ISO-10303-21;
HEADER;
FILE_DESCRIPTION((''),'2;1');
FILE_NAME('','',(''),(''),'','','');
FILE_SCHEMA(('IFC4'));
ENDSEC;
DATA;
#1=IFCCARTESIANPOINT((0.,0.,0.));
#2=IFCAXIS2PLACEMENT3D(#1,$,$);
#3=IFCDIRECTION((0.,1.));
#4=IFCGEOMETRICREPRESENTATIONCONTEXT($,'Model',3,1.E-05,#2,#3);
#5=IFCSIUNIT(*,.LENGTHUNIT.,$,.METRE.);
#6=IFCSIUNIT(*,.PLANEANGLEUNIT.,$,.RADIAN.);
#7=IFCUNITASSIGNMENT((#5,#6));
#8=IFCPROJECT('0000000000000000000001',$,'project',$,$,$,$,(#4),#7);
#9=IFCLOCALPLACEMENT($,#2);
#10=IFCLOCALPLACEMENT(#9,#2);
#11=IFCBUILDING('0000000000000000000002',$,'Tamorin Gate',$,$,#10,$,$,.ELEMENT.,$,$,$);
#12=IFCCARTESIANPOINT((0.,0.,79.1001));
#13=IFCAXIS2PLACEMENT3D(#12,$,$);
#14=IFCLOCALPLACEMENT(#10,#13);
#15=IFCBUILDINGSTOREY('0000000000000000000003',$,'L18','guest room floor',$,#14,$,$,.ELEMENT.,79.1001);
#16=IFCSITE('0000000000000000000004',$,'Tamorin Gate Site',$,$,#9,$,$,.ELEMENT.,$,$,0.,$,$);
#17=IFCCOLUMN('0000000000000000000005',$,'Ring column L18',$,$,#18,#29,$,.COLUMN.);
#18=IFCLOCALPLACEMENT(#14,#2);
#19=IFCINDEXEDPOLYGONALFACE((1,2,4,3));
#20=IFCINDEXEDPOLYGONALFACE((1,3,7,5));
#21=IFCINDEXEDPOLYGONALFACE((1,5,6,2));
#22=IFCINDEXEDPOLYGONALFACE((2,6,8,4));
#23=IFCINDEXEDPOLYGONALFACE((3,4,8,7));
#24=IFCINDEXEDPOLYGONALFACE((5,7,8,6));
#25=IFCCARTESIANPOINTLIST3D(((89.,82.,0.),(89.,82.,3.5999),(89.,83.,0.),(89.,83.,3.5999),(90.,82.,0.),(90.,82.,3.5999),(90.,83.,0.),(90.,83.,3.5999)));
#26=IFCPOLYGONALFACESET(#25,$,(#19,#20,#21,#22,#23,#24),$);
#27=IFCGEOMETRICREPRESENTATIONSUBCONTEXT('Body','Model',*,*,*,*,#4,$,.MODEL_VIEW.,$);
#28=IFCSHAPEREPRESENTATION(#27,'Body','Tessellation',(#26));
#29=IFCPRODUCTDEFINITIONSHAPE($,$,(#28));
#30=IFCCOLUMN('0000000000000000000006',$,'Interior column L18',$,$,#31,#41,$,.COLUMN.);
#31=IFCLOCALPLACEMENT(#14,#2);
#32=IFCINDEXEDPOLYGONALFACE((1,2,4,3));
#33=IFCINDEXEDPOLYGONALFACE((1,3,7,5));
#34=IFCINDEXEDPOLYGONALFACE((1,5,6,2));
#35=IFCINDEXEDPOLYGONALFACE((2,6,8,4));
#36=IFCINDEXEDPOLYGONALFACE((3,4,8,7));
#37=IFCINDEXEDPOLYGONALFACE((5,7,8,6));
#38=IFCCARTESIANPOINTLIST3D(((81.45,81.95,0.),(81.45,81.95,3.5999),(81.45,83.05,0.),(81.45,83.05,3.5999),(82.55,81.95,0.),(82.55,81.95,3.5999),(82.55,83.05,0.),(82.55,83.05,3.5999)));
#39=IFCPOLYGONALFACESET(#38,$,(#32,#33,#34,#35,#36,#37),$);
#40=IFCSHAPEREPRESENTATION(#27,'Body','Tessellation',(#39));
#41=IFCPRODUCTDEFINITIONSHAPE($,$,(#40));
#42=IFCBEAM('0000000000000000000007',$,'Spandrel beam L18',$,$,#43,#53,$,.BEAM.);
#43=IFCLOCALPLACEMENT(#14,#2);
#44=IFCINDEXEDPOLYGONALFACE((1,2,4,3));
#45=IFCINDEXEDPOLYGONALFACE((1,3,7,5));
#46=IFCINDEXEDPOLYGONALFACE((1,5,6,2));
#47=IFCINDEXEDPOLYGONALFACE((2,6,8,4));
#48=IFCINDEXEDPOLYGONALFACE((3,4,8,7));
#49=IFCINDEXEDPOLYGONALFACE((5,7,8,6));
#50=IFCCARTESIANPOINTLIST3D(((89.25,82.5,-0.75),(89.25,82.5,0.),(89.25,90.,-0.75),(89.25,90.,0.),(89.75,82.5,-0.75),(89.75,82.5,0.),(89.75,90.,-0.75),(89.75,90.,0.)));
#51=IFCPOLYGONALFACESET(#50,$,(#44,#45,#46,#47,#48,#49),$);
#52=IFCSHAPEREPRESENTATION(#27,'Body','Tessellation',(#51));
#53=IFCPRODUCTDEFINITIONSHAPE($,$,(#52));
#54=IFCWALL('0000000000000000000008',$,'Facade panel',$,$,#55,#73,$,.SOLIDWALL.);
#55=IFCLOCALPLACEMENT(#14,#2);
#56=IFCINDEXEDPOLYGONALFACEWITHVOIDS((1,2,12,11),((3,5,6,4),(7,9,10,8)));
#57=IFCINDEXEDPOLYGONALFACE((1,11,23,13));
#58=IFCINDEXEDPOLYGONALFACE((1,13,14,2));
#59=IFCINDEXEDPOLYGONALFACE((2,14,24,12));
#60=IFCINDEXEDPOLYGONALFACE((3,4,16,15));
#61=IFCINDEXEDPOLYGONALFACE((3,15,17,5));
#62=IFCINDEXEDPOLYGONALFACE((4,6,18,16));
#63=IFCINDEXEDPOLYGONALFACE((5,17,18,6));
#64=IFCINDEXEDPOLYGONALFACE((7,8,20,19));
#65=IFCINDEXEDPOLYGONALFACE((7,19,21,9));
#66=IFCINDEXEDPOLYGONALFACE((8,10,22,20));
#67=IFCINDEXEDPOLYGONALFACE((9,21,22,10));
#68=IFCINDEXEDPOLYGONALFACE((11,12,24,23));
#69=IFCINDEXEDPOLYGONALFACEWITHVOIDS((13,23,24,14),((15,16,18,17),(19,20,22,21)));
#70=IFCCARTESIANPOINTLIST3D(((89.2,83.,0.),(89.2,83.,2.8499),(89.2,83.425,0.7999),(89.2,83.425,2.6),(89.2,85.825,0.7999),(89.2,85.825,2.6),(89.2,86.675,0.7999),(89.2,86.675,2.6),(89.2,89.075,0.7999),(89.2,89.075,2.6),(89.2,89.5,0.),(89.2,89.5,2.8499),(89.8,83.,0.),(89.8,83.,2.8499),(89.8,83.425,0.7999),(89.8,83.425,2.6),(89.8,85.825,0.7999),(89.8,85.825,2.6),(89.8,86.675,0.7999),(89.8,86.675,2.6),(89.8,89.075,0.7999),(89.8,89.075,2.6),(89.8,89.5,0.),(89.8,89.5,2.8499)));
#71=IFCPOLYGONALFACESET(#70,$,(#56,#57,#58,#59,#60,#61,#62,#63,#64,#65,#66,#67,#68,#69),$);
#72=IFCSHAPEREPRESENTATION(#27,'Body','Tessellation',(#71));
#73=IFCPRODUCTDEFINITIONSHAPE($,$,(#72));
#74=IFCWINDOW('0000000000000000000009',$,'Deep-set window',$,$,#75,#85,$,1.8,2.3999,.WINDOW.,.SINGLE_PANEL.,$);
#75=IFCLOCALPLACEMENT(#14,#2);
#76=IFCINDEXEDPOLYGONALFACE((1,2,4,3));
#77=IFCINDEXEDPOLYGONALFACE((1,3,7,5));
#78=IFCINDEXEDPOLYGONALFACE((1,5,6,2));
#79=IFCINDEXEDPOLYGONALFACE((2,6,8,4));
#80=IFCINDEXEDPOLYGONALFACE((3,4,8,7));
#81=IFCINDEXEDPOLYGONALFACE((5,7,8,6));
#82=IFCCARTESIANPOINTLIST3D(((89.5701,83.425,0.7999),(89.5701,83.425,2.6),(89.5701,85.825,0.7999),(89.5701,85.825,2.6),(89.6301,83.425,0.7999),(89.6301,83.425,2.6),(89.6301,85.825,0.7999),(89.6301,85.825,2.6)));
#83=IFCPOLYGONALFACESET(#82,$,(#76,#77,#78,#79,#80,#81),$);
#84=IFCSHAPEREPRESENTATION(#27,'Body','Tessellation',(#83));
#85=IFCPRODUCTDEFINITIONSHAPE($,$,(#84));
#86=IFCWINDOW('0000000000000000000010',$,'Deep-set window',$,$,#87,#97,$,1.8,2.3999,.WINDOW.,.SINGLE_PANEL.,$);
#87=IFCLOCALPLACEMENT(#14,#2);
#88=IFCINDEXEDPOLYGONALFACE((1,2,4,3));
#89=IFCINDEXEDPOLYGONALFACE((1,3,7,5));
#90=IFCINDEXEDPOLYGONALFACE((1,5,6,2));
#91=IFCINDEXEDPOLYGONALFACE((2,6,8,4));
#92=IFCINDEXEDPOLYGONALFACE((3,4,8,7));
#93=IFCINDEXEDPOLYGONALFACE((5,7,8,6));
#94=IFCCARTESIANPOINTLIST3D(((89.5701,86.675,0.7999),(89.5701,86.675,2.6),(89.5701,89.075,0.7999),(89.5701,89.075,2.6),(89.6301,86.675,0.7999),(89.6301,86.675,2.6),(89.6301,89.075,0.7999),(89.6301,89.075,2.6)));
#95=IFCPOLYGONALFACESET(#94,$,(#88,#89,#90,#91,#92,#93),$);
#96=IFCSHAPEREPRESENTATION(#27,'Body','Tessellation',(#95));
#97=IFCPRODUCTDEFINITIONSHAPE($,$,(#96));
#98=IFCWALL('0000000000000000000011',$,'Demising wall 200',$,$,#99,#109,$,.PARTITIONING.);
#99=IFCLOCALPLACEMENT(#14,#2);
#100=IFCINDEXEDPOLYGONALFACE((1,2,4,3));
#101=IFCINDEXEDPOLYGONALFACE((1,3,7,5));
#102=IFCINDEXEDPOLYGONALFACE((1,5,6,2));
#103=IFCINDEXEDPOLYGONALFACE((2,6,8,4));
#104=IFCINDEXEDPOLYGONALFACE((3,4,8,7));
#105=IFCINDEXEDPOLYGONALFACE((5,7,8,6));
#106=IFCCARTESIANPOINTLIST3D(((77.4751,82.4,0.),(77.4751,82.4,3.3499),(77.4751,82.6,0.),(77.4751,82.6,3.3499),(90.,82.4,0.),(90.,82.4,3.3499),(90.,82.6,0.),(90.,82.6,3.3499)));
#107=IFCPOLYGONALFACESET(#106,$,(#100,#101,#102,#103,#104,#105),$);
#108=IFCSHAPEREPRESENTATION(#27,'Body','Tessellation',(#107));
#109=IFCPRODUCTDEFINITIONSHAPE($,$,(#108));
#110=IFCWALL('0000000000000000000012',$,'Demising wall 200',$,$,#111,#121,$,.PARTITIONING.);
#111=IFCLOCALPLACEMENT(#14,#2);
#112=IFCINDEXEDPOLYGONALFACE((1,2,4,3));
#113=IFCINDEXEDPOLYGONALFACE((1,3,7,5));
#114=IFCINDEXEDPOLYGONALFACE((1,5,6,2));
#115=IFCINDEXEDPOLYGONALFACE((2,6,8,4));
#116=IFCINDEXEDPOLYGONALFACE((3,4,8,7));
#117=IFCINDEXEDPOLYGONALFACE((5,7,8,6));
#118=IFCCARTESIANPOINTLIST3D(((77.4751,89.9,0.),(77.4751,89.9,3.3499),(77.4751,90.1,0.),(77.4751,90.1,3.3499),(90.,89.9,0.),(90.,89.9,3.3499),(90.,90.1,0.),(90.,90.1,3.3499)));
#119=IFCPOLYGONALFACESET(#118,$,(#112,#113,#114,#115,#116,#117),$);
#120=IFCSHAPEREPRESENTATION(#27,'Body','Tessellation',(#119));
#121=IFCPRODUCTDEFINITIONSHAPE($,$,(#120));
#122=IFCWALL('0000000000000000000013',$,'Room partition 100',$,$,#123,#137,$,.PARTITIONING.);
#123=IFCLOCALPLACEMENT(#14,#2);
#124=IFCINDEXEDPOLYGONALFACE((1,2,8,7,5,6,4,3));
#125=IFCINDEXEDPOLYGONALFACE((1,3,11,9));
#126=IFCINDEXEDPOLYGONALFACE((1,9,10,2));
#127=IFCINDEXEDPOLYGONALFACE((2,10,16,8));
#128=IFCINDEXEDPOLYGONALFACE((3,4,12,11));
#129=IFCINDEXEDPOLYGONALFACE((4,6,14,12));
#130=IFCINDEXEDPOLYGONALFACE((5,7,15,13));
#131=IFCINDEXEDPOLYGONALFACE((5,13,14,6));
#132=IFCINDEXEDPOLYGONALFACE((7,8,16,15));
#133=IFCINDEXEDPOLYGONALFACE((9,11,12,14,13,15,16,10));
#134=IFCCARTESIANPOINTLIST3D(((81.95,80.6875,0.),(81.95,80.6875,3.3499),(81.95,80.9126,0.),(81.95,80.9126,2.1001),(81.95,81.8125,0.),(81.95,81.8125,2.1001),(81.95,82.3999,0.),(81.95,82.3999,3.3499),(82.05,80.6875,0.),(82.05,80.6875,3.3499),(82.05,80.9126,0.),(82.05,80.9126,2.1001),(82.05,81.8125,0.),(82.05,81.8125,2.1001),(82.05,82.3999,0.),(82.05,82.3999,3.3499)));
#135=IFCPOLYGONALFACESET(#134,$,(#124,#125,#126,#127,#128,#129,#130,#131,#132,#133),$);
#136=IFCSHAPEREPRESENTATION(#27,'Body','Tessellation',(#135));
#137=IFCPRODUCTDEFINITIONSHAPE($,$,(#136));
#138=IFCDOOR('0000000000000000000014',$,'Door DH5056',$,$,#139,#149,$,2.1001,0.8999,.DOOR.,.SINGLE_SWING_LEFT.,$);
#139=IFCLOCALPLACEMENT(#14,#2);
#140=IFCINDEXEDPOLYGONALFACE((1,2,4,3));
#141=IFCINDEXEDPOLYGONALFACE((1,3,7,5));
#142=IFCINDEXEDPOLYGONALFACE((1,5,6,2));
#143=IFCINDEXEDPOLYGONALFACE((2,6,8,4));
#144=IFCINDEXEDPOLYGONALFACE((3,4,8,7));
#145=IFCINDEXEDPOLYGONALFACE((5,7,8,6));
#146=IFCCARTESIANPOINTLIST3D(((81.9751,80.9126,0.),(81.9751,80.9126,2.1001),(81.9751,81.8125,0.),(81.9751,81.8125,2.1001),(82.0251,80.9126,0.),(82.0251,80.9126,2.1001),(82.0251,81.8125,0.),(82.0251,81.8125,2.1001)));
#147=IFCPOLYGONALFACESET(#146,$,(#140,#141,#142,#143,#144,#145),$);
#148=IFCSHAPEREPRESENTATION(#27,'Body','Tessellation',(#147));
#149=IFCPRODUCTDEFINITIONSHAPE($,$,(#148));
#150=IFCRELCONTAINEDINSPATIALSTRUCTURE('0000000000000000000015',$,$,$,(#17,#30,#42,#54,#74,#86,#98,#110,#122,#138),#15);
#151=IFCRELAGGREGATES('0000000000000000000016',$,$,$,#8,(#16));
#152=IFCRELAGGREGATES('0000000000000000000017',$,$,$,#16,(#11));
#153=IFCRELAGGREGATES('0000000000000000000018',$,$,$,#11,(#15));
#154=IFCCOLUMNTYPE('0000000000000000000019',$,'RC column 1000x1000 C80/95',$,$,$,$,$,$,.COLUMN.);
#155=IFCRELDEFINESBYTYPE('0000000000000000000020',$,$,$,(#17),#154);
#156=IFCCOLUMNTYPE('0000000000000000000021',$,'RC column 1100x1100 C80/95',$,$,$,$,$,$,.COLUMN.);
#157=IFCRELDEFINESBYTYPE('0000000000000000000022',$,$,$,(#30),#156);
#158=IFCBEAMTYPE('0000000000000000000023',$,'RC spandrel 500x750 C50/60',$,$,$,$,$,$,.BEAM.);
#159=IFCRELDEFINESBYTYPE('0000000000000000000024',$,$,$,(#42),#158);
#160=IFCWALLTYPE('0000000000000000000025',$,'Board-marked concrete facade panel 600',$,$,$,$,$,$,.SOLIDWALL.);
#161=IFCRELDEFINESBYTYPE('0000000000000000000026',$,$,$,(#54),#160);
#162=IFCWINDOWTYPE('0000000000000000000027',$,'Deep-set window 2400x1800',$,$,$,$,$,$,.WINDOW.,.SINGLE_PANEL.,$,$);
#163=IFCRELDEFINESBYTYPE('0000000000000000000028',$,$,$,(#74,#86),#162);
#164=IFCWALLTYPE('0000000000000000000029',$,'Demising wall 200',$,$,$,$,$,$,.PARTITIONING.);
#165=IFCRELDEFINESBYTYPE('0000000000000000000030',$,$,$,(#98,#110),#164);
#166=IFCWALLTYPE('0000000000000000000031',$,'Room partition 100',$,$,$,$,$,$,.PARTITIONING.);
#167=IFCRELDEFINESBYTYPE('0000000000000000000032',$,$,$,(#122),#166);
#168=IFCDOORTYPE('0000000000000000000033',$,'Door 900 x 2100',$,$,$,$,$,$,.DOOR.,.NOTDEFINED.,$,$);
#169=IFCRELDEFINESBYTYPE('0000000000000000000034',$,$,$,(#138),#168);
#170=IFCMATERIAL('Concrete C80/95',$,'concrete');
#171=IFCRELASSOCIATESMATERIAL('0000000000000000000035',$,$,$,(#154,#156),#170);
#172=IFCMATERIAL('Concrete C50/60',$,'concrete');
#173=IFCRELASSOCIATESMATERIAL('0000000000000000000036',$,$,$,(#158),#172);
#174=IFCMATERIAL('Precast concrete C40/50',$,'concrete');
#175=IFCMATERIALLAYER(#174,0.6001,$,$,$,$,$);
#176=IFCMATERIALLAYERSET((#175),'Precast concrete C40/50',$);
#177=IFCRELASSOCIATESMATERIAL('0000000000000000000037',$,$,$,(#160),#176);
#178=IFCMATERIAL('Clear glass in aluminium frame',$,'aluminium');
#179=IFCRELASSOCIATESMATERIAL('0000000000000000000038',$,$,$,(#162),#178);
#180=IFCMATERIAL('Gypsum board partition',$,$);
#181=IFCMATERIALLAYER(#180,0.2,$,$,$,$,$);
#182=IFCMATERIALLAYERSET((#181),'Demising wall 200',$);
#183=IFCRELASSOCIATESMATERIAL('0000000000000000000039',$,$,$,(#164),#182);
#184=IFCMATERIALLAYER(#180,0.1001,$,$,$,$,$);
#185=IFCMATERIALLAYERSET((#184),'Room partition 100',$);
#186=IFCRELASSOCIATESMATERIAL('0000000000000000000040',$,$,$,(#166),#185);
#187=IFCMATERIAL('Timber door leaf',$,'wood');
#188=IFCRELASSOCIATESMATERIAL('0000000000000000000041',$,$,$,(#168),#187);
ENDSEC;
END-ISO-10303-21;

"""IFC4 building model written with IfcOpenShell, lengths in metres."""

from ifc_helpers import new_model, si_unit, direction, frame, frame_2d, origin, origin_2d, place, context, subcontext, project, spatial, rectangle, extrude, material, layer, layer_set, material_profile, profile_set, type_object, element, fill, save


model = new_model("IFC4")

# Units and contexts
model_context = context("Model", 3, precision=1e-05, world=origin(), true_north=direction((0.0, 1.0)))
body_context = subcontext(model_context, "Body", "Model", "MODEL_VIEW")
ifc_project = project(units=[si_unit("LENGTHUNIT", "METRE"), si_unit("PLANEANGLEUNIT", "RADIAN")], contexts=[model_context])

# Site, building, storey
site_placement = place(None, origin())
site = spatial("IfcSite", under=ifc_project, at=site_placement, Name="Tamorin Gate Site", CompositionType="ELEMENT", RefElevation=0.0)
building_placement = place(site_placement, origin())
building = spatial("IfcBuilding", under=site, at=building_placement, Name="Tamorin Gate", CompositionType="ELEMENT")
storey_placement = place(building_placement, frame((0.0, 0.0, 79.1001)))
storey = spatial("IfcBuildingStorey", under=building, at=storey_placement, Name="L18", Description="guest room floor", CompositionType="ELEMENT", Elevation=79.1001)

# Columns
ifc_material_1 = material(Name="Concrete C80/95", Category="concrete")
ifc_material_profile_1 = material_profile(ifc_material_1, rectangle(XDim=1.0, YDim=1.0, at=origin_2d()), Name="RC 1000x1000")
ifc_profile_set_1 = profile_set([ifc_material_profile_1], Name="Concrete C80/95")
column_type_1 = type_object("IfcColumnType", Name="RC column 1000x1000 C80/95", PredefinedType="COLUMN", material=ifc_profile_set_1)
column_1_placement = place(storey_placement, frame((89.5, 82.5, 0.0), z_axis=(0.0, 0.0, 1.0), x_axis=(1.0, 0.0, 0.0)))
element("IfcColumn", 1, at=column_1_placement, inside=storey, type_object=column_type_1, Name="Ring column L18", PredefinedType="COLUMN", context=body_context, shape_type="SweptSolid", body=[
    extrude(rectangle(XDim=1.0, YDim=1.0, at=origin_2d()), origin(), (0.0, 0.0, 1.0), 3.5999),
])
ifc_material_profile_2 = material_profile(ifc_material_1, rectangle(XDim=1.1001, YDim=1.1001, at=origin_2d()), Name="RC 1100x1100")
ifc_profile_set_2 = profile_set([ifc_material_profile_2], Name="Concrete C80/95")
column_type_2 = type_object("IfcColumnType", Name="RC column 1100x1100 C80/95", PredefinedType="COLUMN", material=ifc_profile_set_2)
column_2_placement = place(storey_placement, frame((82.0, 82.5, 0.0), z_axis=(0.0, 0.0, 1.0), x_axis=(1.0, 0.0, 0.0)))
element("IfcColumn", 2, at=column_2_placement, inside=storey, type_object=column_type_2, Name="Interior column L18", PredefinedType="COLUMN", context=body_context, shape_type="SweptSolid", body=[
    extrude(rectangle(XDim=1.1001, YDim=1.1001, at=origin_2d()), origin(), (0.0, 0.0, 1.0), 3.5999),
])

# Beam
ifc_material_2 = material(Name="Concrete C50/60", Category="concrete")
ifc_material_profile_3 = material_profile(ifc_material_2, rectangle(XDim=0.5, YDim=0.75, at=origin_2d()), Name="RC 500x750")
ifc_profile_set_3 = profile_set([ifc_material_profile_3], Name="Concrete C50/60")
beam_type = type_object("IfcBeamType", Name="RC spandrel 500x750 C50/60", PredefinedType="BEAM", material=ifc_profile_set_3)
beam_placement = place(storey_placement, frame((89.5, 82.5, -0.375), z_axis=(0.0, 1.0, 0.0), x_axis=(-1.0, 0.0, 0.0)))
element("IfcBeam", 3, at=beam_placement, inside=storey, type_object=beam_type, Name="Spandrel beam L18", PredefinedType="BEAM", context=body_context, shape_type="SweptSolid", body=[
    extrude(rectangle(XDim=0.5, YDim=0.75, at=origin_2d()), origin(), (0.0, 0.0, 1.0), 7.5),
])

# Wall, openings, windows
ifc_material_3 = material(Name="Precast concrete C40/50", Category="concrete")
ifc_layer_1 = layer(ifc_material_3, 0.6001)
ifc_layer_set_1 = layer_set([ifc_layer_1], Name="Precast concrete C40/50")
wall_type_1 = type_object("IfcWallType", Name="Board-marked concrete facade panel 600", PredefinedType="SOLIDWALL", material=ifc_layer_set_1)
wall_1_placement = place(storey_placement, frame((89.5, 83.0, 0.0), z_axis=(0.0, 0.0, 1.0), x_axis=(0.0, 1.0, 0.0)))
wall_1 = element("IfcWall", 4, at=wall_1_placement, inside=storey, type_object=wall_type_1, Name="Facade panel", PredefinedType="SOLIDWALL", context=body_context, shape_type="SweptSolid", body=[
    extrude(rectangle(XDim=6.5, YDim=0.6001, at=frame_2d((3.25, 0.0))), origin(), (0.0, 0.0, 1.0), 2.8499),
])
opening_1_placement = place(wall_1_placement, frame((0.425, 0.0, 0.8)))
opening_1 = element("IfcOpeningElement", 5, at=opening_1_placement, cuts=wall_1, PredefinedType="OPENING", context=body_context, shape_type="SweptSolid", body=[
    extrude(rectangle(XDim=2.3999, YDim=1.8, at=frame_2d((1.2, 0.8999))), frame((0.0, 0.3101, 0.0), z_axis=(0.0, -1.0, 0.0), x_axis=(1.0, 0.0, 0.0)), (0.0, 0.0, 1.0), 0.6201),
])
opening_2_placement = place(wall_1_placement, frame((3.675, 0.0, 0.8)))
opening_2 = element("IfcOpeningElement", 6, at=opening_2_placement, cuts=wall_1, PredefinedType="OPENING", context=body_context, shape_type="SweptSolid", body=[
    extrude(rectangle(XDim=2.3999, YDim=1.8, at=frame_2d((1.2, 0.8999))), frame((0.0, 0.3101, 0.0), z_axis=(0.0, -1.0, 0.0), x_axis=(1.0, 0.0, 0.0)), (0.0, 0.0, 1.0), 0.6201),
])
ifc_material_4 = material(Name="Clear glass in aluminium frame", Category="aluminium")
window_type = type_object("IfcWindowType", Name="Deep-set window 2400x1800", PartitioningType="SINGLE_PANEL", PredefinedType="WINDOW", material=ifc_material_4)
window_1_placement = place(opening_1_placement, origin())
window_1 = element("IfcWindow", 7, at=window_1_placement, inside=storey, type_object=window_type, Name="Deep-set window", OverallHeight=1.8, OverallWidth=2.3999, PartitioningType="SINGLE_PANEL", PredefinedType="WINDOW", context=body_context, shape_type="SweptSolid", body=[
    extrude(rectangle(XDim=2.3999, YDim=1.8, at=frame_2d((1.2, 0.8999))), frame((0.0, -0.0701, 0.0), z_axis=(0.0, -1.0, 0.0), x_axis=(1.0, 0.0, 0.0)), (0.0, 0.0, 1.0), 0.0601),
])
fill(opening_1, window_1)
window_2_placement = place(opening_2_placement, origin())
window_2 = element("IfcWindow", 8, at=window_2_placement, inside=storey, type_object=window_type, Name="Deep-set window", OverallHeight=1.8, OverallWidth=2.3999, PartitioningType="SINGLE_PANEL", PredefinedType="WINDOW", context=body_context, shape_type="SweptSolid", body=[
    extrude(rectangle(XDim=2.3999, YDim=1.8, at=frame_2d((1.2, 0.8999))), frame((0.0, -0.0701, 0.0), z_axis=(0.0, -1.0, 0.0), x_axis=(1.0, 0.0, 0.0)), (0.0, 0.0, 1.0), 0.0601),
])
fill(opening_2, window_2)

# Walls
ifc_material_5 = material(Name="Gypsum board partition")
ifc_layer_2 = layer(ifc_material_5, 0.2)
ifc_layer_set_2 = layer_set([ifc_layer_2], Name="Demising wall 200")
wall_type_2 = type_object("IfcWallType", Name="Demising wall 200", PredefinedType="PARTITIONING", material=ifc_layer_set_2)
for number, where, z_axis, x_axis, name in (
    (9, (77.4751, 82.5, 0.0), (0.0, 0.0, 1.0), (1.0, 0.0, 0.0), "Demising wall 200"),
    (10, (77.4751, 90.0, 0.0), (0.0, 0.0, 1.0), (1.0, 0.0, 0.0), "Demising wall 200"),
):
    element("IfcWall", number, at=place(storey_placement, frame(where, z_axis=z_axis, x_axis=x_axis)), inside=storey, type_object=wall_type_2, Name=name, PredefinedType="PARTITIONING", context=body_context, shape_type="SweptSolid", body=[
        extrude(rectangle(XDim=12.5249, YDim=0.2, at=frame_2d((6.2625, 0.0))), origin(), (0.0, 0.0, 1.0), 3.3499),
    ])

# Wall, opening, door
ifc_layer_3 = layer(ifc_material_5, 0.1001)
ifc_layer_set_3 = layer_set([ifc_layer_3], Name="Room partition 100")
wall_type_3 = type_object("IfcWallType", Name="Room partition 100", PredefinedType="PARTITIONING", material=ifc_layer_set_3)
wall_2_placement = place(storey_placement, frame((82.0, 80.6875, 0.0), z_axis=(0.0, 0.0, 1.0), x_axis=(0.0, 1.0, 0.0)))
wall_2 = element("IfcWall", 11, at=wall_2_placement, inside=storey, type_object=wall_type_3, Name="Room partition 100", PredefinedType="PARTITIONING", context=body_context, shape_type="SweptSolid", body=[
    extrude(rectangle(XDim=1.7124, YDim=0.1001, at=frame_2d((0.8562, 0.0))), origin(), (0.0, 0.0, 1.0), 3.3499),
])
opening_3_placement = place(wall_2_placement, frame((0.2251, 0.0, 0.0)))
opening_3 = element("IfcOpeningElement", 12, at=opening_3_placement, cuts=wall_2, PredefinedType="OPENING", context=body_context, shape_type="SweptSolid", body=[
    extrude(rectangle(XDim=0.8999, YDim=2.1001, at=frame_2d((0.45, 1.05))), frame((0.0, 0.0601, 0.0), z_axis=(0.0, -1.0, 0.0), x_axis=(1.0, 0.0, 0.0)), (0.0, 0.0, 1.0), 0.1201),
])
ifc_material_6 = material(Name="Timber door leaf", Category="wood")
door_type_1 = type_object("IfcDoorType", Name="Door 900 x 2100", OperationType="NOTDEFINED", PredefinedType="DOOR", material=ifc_material_6)
door_1_placement = place(opening_3_placement, origin())
door_1 = element("IfcDoor", 13, at=door_1_placement, inside=storey, type_object=door_type_1, Name="Door DH5056", OperationType="SINGLE_SWING_LEFT", OverallHeight=2.1001, OverallWidth=0.8999, PredefinedType="DOOR", context=body_context, shape_type="SweptSolid", body=[
    extrude(rectangle(XDim=0.8999, YDim=2.1001, at=frame_2d((0.45, 1.05))), frame((0.0, 0.0249, 0.0), z_axis=(0.0, -1.0, 0.0), x_axis=(1.0, 0.0, 0.0)), (0.0, 0.0, 1.0), 0.05),
])
fill(opening_3, door_1)

save(model, "model.ifc")
